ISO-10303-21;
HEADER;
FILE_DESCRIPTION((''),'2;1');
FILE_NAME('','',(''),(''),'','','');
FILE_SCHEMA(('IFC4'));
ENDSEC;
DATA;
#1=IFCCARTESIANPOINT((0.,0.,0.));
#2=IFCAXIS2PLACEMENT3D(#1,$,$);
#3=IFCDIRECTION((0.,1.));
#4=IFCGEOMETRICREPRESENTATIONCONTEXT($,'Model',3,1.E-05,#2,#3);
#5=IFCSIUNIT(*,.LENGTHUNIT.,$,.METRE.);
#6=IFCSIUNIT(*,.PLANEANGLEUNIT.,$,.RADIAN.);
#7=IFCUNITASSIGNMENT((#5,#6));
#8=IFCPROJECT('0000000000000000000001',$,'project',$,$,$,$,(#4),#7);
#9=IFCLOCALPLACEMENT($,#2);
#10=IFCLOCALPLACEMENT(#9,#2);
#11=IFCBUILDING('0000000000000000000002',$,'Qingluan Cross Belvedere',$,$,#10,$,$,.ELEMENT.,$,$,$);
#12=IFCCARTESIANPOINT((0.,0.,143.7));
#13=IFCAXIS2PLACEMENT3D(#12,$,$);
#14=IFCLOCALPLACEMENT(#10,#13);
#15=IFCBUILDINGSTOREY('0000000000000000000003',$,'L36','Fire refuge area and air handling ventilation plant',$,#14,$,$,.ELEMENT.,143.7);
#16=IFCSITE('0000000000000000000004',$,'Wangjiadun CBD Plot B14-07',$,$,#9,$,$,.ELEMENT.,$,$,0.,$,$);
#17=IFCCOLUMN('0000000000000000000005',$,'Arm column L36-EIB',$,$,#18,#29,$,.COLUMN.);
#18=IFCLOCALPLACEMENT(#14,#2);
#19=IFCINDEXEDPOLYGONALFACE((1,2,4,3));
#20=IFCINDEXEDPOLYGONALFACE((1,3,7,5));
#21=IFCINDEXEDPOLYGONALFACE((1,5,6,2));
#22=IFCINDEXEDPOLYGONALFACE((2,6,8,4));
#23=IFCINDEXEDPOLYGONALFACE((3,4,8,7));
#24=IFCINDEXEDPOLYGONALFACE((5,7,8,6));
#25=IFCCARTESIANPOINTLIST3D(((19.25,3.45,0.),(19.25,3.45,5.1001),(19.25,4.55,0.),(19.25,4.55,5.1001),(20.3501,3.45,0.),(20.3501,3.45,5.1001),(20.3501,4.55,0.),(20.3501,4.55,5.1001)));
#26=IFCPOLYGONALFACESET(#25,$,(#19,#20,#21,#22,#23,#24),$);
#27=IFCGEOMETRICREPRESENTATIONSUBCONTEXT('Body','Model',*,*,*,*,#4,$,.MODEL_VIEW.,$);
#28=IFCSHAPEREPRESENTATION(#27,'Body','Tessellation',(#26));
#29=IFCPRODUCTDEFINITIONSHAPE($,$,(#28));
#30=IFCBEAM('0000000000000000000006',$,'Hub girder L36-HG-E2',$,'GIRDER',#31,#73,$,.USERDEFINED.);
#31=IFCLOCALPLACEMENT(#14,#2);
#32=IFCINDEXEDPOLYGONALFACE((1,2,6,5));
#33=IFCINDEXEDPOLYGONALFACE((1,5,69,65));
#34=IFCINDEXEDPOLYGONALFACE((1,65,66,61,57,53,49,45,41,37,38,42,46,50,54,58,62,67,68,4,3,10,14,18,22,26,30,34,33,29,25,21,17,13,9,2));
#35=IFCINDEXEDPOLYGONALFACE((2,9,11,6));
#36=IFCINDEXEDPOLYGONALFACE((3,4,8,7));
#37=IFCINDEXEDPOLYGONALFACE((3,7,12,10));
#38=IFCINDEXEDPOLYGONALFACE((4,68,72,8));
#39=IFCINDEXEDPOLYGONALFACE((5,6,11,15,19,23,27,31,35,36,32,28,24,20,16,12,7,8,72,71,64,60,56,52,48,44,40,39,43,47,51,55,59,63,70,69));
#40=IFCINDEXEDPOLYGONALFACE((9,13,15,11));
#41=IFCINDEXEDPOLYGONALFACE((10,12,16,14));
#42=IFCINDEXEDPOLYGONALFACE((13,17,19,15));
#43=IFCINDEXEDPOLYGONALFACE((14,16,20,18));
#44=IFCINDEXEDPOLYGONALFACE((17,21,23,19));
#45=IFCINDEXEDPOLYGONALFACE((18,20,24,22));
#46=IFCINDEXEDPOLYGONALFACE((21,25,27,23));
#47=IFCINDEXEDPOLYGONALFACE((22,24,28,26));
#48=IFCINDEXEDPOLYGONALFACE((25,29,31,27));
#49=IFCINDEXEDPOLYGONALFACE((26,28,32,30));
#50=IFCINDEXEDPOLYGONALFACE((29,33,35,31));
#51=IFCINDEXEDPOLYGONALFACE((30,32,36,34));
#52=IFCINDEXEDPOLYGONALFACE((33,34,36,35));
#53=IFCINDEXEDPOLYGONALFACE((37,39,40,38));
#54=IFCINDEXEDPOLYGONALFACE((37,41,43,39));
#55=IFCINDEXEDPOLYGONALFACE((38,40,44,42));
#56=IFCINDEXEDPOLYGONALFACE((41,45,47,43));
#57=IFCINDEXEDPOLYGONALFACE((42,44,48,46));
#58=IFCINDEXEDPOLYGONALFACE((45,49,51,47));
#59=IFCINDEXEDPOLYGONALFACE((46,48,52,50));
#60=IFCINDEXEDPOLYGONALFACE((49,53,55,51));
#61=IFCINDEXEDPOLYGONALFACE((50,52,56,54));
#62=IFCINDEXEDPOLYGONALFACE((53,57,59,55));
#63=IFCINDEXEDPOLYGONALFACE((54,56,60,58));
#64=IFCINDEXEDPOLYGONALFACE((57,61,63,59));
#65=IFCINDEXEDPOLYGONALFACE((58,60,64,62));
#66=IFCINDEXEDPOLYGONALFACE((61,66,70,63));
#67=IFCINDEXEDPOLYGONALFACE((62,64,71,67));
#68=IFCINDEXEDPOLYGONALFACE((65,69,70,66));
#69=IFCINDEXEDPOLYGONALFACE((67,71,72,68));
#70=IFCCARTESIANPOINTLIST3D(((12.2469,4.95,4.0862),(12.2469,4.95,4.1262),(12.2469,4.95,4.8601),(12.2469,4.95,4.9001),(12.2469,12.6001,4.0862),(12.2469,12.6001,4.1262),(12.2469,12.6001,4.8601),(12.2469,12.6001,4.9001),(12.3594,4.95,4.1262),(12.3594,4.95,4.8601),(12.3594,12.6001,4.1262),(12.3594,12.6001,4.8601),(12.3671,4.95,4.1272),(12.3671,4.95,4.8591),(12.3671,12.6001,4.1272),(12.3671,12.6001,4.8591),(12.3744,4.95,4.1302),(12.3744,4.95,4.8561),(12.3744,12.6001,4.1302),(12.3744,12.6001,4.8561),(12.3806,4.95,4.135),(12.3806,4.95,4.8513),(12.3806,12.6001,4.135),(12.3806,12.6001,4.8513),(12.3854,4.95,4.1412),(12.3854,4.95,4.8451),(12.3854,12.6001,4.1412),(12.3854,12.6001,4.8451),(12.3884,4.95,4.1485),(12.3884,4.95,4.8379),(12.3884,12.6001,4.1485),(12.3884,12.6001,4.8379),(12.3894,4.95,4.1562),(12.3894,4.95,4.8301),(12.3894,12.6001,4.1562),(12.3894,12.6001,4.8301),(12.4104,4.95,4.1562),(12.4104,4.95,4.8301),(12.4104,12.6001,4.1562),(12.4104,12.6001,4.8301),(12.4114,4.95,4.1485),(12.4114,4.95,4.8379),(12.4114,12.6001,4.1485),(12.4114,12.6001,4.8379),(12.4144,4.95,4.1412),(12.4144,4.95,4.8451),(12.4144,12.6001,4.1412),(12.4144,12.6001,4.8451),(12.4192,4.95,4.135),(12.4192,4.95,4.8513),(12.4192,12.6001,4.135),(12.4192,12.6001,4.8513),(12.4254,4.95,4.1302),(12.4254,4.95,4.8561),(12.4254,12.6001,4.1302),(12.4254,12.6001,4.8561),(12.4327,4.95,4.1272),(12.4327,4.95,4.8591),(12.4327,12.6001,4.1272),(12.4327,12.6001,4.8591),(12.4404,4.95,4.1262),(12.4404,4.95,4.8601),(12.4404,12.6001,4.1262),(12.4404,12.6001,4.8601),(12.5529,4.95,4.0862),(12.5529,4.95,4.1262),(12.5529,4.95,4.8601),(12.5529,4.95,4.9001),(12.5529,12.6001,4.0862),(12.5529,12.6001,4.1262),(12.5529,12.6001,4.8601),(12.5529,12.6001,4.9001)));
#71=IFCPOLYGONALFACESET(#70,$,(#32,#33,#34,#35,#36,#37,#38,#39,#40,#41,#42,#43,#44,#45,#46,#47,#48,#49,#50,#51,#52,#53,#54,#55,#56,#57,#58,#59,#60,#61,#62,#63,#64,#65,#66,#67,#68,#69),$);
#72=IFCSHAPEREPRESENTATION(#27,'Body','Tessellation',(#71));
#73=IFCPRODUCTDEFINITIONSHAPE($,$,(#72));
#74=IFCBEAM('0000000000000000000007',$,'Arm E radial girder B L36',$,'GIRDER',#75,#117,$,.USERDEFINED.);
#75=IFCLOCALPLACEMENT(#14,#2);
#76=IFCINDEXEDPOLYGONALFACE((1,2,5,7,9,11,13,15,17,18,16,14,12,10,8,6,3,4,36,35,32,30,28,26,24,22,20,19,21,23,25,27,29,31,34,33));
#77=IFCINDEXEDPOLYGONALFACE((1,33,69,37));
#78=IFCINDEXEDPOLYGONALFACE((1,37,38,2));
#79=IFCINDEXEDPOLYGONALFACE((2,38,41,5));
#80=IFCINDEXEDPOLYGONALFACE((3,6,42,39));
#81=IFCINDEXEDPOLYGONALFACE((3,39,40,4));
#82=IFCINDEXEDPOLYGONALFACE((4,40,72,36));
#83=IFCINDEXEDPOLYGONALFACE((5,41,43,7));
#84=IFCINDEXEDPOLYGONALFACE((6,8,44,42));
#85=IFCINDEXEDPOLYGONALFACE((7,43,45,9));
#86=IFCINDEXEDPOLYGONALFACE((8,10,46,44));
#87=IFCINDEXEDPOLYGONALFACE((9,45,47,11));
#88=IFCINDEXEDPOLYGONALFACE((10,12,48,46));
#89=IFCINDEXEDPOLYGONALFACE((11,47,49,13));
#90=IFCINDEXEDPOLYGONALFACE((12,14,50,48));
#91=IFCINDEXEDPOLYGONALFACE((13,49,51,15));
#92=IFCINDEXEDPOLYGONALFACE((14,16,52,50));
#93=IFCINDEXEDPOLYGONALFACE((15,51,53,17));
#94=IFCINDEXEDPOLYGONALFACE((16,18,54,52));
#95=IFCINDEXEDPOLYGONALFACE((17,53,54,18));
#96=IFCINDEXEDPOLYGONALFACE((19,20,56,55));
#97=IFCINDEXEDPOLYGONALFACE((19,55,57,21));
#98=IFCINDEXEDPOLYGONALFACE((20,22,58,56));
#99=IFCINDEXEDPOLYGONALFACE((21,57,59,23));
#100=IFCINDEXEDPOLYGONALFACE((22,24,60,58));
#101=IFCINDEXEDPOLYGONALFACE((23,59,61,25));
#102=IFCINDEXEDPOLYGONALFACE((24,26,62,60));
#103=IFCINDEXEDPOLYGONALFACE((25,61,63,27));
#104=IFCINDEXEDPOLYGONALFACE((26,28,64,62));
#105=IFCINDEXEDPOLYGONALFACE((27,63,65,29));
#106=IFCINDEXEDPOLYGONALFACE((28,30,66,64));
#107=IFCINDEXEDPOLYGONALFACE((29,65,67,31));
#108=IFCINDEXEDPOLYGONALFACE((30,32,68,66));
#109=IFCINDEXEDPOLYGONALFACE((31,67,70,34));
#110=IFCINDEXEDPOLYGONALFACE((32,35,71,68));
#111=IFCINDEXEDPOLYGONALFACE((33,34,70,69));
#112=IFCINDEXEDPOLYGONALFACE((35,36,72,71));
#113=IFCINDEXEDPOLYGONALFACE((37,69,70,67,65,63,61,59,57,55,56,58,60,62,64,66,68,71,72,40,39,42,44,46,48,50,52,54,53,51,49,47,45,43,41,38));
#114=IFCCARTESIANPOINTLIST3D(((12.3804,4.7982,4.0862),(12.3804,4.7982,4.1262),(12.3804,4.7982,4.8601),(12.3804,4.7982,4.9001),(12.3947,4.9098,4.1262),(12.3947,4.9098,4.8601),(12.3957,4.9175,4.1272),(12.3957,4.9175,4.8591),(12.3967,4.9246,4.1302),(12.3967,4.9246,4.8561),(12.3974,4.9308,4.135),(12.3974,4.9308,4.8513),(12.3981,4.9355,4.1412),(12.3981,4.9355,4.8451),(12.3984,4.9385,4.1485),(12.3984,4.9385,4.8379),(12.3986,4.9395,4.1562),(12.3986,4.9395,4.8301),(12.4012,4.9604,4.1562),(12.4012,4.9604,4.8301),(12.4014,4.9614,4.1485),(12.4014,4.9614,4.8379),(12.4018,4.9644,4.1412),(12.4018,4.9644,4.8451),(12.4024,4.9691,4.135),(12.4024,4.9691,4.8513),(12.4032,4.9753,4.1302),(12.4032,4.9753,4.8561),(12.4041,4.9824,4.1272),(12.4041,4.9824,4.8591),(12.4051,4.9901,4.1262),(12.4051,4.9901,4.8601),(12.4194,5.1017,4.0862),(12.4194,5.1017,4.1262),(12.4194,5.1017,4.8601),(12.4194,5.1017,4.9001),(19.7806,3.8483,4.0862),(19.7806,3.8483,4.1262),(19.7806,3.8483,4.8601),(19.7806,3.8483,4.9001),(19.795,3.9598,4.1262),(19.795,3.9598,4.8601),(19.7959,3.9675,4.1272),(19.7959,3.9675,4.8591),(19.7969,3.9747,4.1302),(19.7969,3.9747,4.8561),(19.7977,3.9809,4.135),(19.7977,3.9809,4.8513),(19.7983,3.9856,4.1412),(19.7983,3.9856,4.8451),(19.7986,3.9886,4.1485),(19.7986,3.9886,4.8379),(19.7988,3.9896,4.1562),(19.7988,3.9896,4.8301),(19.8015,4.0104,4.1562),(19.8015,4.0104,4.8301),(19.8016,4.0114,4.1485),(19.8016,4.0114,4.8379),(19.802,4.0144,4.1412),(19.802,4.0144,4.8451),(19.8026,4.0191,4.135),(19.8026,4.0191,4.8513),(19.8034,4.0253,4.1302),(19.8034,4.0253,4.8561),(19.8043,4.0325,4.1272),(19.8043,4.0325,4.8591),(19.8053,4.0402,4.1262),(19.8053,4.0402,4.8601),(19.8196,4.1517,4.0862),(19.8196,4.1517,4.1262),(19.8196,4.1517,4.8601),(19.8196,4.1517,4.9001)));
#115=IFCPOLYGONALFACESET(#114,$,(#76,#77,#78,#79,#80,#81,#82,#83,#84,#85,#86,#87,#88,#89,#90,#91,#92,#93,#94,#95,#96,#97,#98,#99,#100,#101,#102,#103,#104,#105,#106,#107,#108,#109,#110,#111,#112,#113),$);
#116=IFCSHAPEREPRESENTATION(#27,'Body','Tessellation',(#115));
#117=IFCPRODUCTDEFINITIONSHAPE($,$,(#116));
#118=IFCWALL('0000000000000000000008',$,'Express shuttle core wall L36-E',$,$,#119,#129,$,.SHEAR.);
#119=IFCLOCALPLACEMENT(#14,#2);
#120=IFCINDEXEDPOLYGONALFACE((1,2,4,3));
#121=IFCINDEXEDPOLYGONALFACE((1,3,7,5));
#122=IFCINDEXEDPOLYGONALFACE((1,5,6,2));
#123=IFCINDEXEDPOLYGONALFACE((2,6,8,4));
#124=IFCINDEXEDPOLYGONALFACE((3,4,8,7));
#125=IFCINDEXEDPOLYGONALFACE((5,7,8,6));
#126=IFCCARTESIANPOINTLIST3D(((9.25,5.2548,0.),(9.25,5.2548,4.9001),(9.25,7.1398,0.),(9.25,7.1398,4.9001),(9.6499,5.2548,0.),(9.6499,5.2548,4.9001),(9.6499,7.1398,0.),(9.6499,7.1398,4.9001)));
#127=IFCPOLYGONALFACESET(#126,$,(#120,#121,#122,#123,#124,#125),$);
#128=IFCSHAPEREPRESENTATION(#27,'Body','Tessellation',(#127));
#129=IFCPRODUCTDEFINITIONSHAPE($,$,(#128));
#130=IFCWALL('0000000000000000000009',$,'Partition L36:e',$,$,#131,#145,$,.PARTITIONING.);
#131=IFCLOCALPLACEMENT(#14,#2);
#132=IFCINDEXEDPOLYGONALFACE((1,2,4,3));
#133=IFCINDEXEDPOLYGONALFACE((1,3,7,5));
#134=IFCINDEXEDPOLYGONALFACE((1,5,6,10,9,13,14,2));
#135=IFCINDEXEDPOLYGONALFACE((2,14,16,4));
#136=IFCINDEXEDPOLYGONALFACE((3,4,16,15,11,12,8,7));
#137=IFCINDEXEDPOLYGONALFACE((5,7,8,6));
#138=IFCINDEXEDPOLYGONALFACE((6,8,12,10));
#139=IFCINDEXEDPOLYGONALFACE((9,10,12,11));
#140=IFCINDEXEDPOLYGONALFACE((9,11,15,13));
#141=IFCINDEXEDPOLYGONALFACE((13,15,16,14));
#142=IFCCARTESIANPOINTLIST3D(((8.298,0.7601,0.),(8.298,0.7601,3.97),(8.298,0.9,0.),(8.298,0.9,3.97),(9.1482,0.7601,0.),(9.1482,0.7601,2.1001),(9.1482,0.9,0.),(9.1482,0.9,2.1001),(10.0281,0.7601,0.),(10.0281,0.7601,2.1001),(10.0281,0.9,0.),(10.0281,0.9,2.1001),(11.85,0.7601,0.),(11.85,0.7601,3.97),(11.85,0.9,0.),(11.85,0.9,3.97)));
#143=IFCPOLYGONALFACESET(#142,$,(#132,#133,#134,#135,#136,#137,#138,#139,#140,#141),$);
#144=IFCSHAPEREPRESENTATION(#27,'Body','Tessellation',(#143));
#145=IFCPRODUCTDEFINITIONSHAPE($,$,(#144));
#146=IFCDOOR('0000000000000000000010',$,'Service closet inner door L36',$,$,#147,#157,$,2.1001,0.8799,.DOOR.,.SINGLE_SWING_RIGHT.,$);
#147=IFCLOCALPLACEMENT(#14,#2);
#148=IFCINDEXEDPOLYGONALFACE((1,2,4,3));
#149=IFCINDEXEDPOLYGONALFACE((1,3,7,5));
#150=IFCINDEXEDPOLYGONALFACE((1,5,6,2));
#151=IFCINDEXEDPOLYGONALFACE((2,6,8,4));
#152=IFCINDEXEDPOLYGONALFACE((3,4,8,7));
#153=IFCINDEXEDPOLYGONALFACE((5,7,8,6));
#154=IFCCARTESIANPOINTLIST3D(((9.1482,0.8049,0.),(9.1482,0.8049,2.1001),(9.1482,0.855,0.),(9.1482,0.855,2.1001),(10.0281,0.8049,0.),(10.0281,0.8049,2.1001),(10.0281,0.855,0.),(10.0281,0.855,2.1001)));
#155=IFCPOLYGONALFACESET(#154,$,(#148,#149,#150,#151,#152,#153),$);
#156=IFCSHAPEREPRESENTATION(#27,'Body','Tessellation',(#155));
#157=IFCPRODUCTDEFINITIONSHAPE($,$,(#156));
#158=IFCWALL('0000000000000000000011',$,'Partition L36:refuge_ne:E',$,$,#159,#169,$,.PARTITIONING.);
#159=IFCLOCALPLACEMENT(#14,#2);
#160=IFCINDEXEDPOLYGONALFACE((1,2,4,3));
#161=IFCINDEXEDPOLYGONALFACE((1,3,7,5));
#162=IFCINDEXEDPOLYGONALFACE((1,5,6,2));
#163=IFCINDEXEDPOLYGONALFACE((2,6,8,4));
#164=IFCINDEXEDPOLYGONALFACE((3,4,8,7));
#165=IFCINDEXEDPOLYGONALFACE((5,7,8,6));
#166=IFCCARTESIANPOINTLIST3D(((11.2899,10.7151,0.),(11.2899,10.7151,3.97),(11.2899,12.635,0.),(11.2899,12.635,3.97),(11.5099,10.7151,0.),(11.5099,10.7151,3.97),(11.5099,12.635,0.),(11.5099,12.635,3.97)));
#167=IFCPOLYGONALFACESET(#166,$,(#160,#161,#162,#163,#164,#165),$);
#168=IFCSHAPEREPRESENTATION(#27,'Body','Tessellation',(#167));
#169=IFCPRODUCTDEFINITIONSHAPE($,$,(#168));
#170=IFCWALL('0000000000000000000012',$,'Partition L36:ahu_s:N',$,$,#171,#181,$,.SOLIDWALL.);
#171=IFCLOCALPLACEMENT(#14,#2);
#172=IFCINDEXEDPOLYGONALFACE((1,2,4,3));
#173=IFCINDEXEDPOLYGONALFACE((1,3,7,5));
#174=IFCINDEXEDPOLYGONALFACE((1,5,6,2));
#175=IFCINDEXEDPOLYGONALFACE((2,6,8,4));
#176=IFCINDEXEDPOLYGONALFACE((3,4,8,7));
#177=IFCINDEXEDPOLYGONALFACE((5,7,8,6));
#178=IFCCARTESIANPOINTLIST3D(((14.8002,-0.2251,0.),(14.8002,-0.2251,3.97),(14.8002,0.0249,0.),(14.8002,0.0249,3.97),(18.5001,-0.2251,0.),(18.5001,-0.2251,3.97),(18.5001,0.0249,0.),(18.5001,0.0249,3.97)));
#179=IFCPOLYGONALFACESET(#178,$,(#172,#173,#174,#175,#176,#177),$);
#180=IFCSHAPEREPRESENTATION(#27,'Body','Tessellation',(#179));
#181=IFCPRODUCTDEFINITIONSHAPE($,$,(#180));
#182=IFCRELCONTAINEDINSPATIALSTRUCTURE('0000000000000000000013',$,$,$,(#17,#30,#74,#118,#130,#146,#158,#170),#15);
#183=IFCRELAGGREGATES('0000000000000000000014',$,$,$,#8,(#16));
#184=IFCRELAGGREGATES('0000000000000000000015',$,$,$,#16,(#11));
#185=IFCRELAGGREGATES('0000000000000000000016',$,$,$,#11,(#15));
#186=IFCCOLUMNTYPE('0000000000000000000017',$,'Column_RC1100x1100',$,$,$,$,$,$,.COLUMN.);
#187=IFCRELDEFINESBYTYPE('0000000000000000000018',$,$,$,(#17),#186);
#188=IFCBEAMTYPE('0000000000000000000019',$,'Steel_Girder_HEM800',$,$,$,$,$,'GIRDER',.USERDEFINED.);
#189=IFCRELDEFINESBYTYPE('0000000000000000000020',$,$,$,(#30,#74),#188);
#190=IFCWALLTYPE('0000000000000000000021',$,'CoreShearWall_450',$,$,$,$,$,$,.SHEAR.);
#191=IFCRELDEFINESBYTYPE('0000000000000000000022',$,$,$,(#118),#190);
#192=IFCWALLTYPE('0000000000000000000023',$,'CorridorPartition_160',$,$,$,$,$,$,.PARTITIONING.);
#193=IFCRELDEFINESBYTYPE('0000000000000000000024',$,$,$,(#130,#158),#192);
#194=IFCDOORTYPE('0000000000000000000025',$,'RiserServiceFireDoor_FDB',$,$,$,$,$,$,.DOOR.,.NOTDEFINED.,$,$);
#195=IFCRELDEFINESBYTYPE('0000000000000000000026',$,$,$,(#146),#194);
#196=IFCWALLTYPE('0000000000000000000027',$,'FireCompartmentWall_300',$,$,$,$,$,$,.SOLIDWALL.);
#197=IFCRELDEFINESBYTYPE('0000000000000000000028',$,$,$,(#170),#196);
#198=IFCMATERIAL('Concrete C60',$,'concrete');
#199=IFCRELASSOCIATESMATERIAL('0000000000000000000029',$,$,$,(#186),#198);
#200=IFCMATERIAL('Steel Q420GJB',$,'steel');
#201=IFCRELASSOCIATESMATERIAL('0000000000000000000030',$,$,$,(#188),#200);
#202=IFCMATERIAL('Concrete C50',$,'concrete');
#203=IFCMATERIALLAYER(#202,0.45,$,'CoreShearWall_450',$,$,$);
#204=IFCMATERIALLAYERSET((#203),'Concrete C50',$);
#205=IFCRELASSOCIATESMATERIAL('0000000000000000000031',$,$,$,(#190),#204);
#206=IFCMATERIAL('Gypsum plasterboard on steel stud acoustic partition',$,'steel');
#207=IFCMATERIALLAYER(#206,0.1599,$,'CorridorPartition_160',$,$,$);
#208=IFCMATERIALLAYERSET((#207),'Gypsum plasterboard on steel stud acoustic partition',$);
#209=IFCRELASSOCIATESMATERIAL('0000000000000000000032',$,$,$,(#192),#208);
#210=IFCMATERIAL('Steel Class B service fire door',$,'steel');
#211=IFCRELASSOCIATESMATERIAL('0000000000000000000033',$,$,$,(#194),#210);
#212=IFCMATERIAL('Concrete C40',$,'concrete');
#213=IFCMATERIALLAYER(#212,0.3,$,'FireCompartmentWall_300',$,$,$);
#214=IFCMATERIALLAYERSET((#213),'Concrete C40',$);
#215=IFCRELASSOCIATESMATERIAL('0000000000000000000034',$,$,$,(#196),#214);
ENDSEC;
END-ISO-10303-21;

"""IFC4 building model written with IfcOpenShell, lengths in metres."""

from ifc_helpers import new_model, si_unit, direction, frame, frame_2d, origin, origin_2d, place, context, subcontext, project, spatial, rectangle, i_section, extrude, material, layer, layer_set, material_profile, profile_set, type_object, element, fill, save


model = new_model("IFC4")

# Units and contexts
model_context = context("Model", 3, precision=1e-05, world=origin(), true_north=direction((0.0, 1.0)))
body_context = subcontext(model_context, "Body", "Model", "MODEL_VIEW")
ifc_project = project(units=[si_unit("LENGTHUNIT", "METRE"), si_unit("PLANEANGLEUNIT", "RADIAN")], contexts=[model_context])

# Site, building, storey
site_placement = place(None, origin())
site = spatial("IfcSite", under=ifc_project, at=site_placement, Name="Wangjiadun CBD Plot B14-07", CompositionType="ELEMENT", RefElevation=0.0)
building_placement = place(site_placement, origin())
building = spatial("IfcBuilding", under=site, at=building_placement, Name="Qingluan Cross Belvedere", CompositionType="ELEMENT")
storey_placement = place(building_placement, frame((0.0, 0.0, 143.7)))
storey = spatial("IfcBuildingStorey", under=building, at=storey_placement, Name="L36", Description="Fire refuge area and air handling ventilation plant", CompositionType="ELEMENT", Elevation=143.7)

# Column
ifc_material_1 = material(Name="Concrete C60", Category="concrete")
ifc_material_profile_1 = material_profile(ifc_material_1, rectangle(XDim=1.1001, YDim=1.1001, at=origin_2d()), Name="RC1100x1100")
ifc_profile_set_1 = profile_set([ifc_material_profile_1], Name="Concrete C60")
column_type = type_object("IfcColumnType", Name="Column_RC1100x1100", PredefinedType="COLUMN", material=ifc_profile_set_1)
column_placement = place(storey_placement, frame((19.8, 4.0, 0.0), z_axis=(0.0, 0.0, 1.0), x_axis=(1.0, 0.0, 0.0)))
element("IfcColumn", 1, at=column_placement, inside=storey, type_object=column_type, Name="Arm column L36-EIB", PredefinedType="COLUMN", context=body_context, shape_type="SweptSolid", body=[
    extrude(rectangle(XDim=1.1001, YDim=1.1001, at=origin_2d()), origin(), (0.0, 0.0, 1.0), 5.1001),
])

# Beams
ifc_material_2 = material(Name="Steel Q420GJB", Category="steel")
ifc_material_profile_2 = material_profile(ifc_material_2, i_section(OverallWidth=0.3059, OverallDepth=0.814, WebThickness=0.021, FlangeThickness=0.04, FilletRadius=0.03, at=origin_2d()), Name="HEM800")
ifc_profile_set_2 = profile_set([ifc_material_profile_2], Name="Steel Q420GJB")
beam_type = type_object("IfcBeamType", Name="Steel_Girder_HEM800", ElementType="GIRDER", PredefinedType="USERDEFINED", material=ifc_profile_set_2)
beam_1_placement = place(storey_placement, frame((12.3999, 4.95, 4.4932), z_axis=(0.0, 1.0, 0.0), x_axis=(-1.0, 0.0, 0.0)))
element("IfcBeam", 2, at=beam_1_placement, inside=storey, type_object=beam_type, Name="Hub girder L36-HG-E2", ObjectType="GIRDER", PredefinedType="USERDEFINED", context=body_context, shape_type="SweptSolid", body=[
    extrude(i_section(OverallWidth=0.3059, OverallDepth=0.814, WebThickness=0.021, FlangeThickness=0.04, FilletRadius=0.03, at=origin_2d()), origin(), (0.0, 0.0, 1.0), 7.6501),
])
beam_2_placement = place(storey_placement, frame((12.3999, 4.95, 4.4932), z_axis=(0.991861, -0.127324, 0.0), x_axis=(0.127324, 0.991861, 0.0)))
element("IfcBeam", 3, at=beam_2_placement, inside=storey, type_object=beam_type, Name="Arm E radial girder B L36", ObjectType="GIRDER", PredefinedType="USERDEFINED", context=body_context, shape_type="SweptSolid", body=[
    extrude(i_section(OverallWidth=0.3059, OverallDepth=0.814, WebThickness=0.021, FlangeThickness=0.04, FilletRadius=0.03, at=origin_2d()), origin(), (0.0, 0.0, 1.0), 7.4609),
])

# Wall
ifc_material_3 = material(Name="Concrete C50", Category="concrete")
ifc_layer_1 = layer(ifc_material_3, 0.45, Name="CoreShearWall_450")
ifc_layer_set_1 = layer_set([ifc_layer_1], Name="Concrete C50")
wall_type_1 = type_object("IfcWallType", Name="CoreShearWall_450", PredefinedType="SHEAR", material=ifc_layer_set_1)
wall_1_placement = place(storey_placement, frame((9.45, 5.2549, 0.0), z_axis=(0.0, 0.0, 1.0), x_axis=(0.0, 1.0, 0.0)))
element("IfcWall", 4, at=wall_1_placement, inside=storey, type_object=wall_type_1, Name="Express shuttle core wall L36-E", PredefinedType="SHEAR", context=body_context, shape_type="SweptSolid", body=[
    extrude(rectangle(XDim=1.885, YDim=0.3999, at=frame_2d((0.9424, 0.0))), origin(), (0.0, 0.0, 1.0), 4.9001),
])

# Wall, opening, door
ifc_material_4 = material(Name="Gypsum plasterboard on steel stud acoustic partition", Category="steel")
ifc_layer_2 = layer(ifc_material_4, 0.1599, Name="CorridorPartition_160")
ifc_layer_set_2 = layer_set([ifc_layer_2], Name="Gypsum plasterboard on steel stud acoustic partition")
wall_type_2 = type_object("IfcWallType", Name="CorridorPartition_160", PredefinedType="PARTITIONING", material=ifc_layer_set_2)
wall_2_placement = place(storey_placement, frame((8.2981, 0.8301, 0.0), z_axis=(0.0, 0.0, 1.0), x_axis=(1.0, 0.0, 0.0)))
wall_2 = element("IfcWall", 5, at=wall_2_placement, inside=storey, type_object=wall_type_2, Name="Partition L36:e", PredefinedType="PARTITIONING", context=body_context, shape_type="SweptSolid", body=[
    extrude(rectangle(XDim=3.552, YDim=0.1399, at=frame_2d((1.7759, 0.0))), origin(), (0.0, 0.0, 1.0), 3.97),
])
opening_1_placement = place(wall_2_placement, frame((0.8501, 0.0, 0.0)))
opening_1 = element("IfcOpeningElement", 6, at=opening_1_placement, cuts=wall_2, PredefinedType="OPENING", context=body_context, shape_type="SweptSolid", body=[
    extrude(rectangle(XDim=0.8799, YDim=2.1001, at=frame_2d((0.4399, 1.05))), frame((0.0, 0.0798, 0.0), z_axis=(0.0, -1.0, 0.0), x_axis=(1.0, 0.0, 0.0)), (0.0, 0.0, 1.0), 0.1599),
])
ifc_material_5 = material(Name="Steel Class B service fire door", Category="steel")
door_type_1 = type_object("IfcDoorType", Name="RiserServiceFireDoor_FDB", OperationType="NOTDEFINED", PredefinedType="DOOR", material=ifc_material_5)
door_1_placement = place(opening_1_placement, origin())
door_1 = element("IfcDoor", 7, at=door_1_placement, inside=storey, type_object=door_type_1, Name="Service closet inner door L36", OperationType="SINGLE_SWING_RIGHT", OverallHeight=2.1001, OverallWidth=0.8799, PredefinedType="DOOR", context=body_context, shape_type="SweptSolid", body=[
    extrude(rectangle(XDim=0.8799, YDim=2.1001, at=frame_2d((0.4399, 1.05))), frame((0.0, 0.0249, 0.0), z_axis=(0.0, -1.0, 0.0), x_axis=(1.0, 0.0, 0.0)), (0.0, 0.0, 1.0), 0.05),
])
fill(opening_1, door_1)

# Walls
wall_3_placement = place(storey_placement, frame((11.3999, 10.7151, 0.0), z_axis=(0.0, 0.0, 1.0), x_axis=(0.0, 1.0, 0.0)))
element("IfcWall", 8, at=wall_3_placement, inside=storey, type_object=wall_type_2, Name="Partition L36:refuge_ne:E", PredefinedType="PARTITIONING", context=body_context, shape_type="SweptSolid", body=[
    extrude(rectangle(XDim=1.9199, YDim=0.22, at=frame_2d((0.96, 0.0))), origin(), (0.0, 0.0, 1.0), 3.97),
])
ifc_material_6 = material(Name="Concrete C40", Category="concrete")
ifc_layer_3 = layer(ifc_material_6, 0.3, Name="FireCompartmentWall_300")
ifc_layer_set_3 = layer_set([ifc_layer_3], Name="Concrete C40")
wall_type_3 = type_object("IfcWallType", Name="FireCompartmentWall_300", PredefinedType="SOLIDWALL", material=ifc_layer_set_3)
for number, where, z_axis, x_axis, name in (
    (9, (14.8, -0.1001, 0.0), (0.0, 0.0, 1.0), (1.0, 0.0, 0.0), "Partition L36:ahu_s:N"),
):
    element("IfcWall", number, at=place(storey_placement, frame(where, z_axis=z_axis, x_axis=x_axis)), inside=storey, type_object=wall_type_3, Name=name, PredefinedType="SOLIDWALL", context=body_context, shape_type="SweptSolid", body=[
        extrude(rectangle(XDim=3.7, YDim=0.25, at=frame_2d((1.8501, 0.0))), origin(), (0.0, 0.0, 1.0), 3.97),
    ])

save(model, "model.ifc")
